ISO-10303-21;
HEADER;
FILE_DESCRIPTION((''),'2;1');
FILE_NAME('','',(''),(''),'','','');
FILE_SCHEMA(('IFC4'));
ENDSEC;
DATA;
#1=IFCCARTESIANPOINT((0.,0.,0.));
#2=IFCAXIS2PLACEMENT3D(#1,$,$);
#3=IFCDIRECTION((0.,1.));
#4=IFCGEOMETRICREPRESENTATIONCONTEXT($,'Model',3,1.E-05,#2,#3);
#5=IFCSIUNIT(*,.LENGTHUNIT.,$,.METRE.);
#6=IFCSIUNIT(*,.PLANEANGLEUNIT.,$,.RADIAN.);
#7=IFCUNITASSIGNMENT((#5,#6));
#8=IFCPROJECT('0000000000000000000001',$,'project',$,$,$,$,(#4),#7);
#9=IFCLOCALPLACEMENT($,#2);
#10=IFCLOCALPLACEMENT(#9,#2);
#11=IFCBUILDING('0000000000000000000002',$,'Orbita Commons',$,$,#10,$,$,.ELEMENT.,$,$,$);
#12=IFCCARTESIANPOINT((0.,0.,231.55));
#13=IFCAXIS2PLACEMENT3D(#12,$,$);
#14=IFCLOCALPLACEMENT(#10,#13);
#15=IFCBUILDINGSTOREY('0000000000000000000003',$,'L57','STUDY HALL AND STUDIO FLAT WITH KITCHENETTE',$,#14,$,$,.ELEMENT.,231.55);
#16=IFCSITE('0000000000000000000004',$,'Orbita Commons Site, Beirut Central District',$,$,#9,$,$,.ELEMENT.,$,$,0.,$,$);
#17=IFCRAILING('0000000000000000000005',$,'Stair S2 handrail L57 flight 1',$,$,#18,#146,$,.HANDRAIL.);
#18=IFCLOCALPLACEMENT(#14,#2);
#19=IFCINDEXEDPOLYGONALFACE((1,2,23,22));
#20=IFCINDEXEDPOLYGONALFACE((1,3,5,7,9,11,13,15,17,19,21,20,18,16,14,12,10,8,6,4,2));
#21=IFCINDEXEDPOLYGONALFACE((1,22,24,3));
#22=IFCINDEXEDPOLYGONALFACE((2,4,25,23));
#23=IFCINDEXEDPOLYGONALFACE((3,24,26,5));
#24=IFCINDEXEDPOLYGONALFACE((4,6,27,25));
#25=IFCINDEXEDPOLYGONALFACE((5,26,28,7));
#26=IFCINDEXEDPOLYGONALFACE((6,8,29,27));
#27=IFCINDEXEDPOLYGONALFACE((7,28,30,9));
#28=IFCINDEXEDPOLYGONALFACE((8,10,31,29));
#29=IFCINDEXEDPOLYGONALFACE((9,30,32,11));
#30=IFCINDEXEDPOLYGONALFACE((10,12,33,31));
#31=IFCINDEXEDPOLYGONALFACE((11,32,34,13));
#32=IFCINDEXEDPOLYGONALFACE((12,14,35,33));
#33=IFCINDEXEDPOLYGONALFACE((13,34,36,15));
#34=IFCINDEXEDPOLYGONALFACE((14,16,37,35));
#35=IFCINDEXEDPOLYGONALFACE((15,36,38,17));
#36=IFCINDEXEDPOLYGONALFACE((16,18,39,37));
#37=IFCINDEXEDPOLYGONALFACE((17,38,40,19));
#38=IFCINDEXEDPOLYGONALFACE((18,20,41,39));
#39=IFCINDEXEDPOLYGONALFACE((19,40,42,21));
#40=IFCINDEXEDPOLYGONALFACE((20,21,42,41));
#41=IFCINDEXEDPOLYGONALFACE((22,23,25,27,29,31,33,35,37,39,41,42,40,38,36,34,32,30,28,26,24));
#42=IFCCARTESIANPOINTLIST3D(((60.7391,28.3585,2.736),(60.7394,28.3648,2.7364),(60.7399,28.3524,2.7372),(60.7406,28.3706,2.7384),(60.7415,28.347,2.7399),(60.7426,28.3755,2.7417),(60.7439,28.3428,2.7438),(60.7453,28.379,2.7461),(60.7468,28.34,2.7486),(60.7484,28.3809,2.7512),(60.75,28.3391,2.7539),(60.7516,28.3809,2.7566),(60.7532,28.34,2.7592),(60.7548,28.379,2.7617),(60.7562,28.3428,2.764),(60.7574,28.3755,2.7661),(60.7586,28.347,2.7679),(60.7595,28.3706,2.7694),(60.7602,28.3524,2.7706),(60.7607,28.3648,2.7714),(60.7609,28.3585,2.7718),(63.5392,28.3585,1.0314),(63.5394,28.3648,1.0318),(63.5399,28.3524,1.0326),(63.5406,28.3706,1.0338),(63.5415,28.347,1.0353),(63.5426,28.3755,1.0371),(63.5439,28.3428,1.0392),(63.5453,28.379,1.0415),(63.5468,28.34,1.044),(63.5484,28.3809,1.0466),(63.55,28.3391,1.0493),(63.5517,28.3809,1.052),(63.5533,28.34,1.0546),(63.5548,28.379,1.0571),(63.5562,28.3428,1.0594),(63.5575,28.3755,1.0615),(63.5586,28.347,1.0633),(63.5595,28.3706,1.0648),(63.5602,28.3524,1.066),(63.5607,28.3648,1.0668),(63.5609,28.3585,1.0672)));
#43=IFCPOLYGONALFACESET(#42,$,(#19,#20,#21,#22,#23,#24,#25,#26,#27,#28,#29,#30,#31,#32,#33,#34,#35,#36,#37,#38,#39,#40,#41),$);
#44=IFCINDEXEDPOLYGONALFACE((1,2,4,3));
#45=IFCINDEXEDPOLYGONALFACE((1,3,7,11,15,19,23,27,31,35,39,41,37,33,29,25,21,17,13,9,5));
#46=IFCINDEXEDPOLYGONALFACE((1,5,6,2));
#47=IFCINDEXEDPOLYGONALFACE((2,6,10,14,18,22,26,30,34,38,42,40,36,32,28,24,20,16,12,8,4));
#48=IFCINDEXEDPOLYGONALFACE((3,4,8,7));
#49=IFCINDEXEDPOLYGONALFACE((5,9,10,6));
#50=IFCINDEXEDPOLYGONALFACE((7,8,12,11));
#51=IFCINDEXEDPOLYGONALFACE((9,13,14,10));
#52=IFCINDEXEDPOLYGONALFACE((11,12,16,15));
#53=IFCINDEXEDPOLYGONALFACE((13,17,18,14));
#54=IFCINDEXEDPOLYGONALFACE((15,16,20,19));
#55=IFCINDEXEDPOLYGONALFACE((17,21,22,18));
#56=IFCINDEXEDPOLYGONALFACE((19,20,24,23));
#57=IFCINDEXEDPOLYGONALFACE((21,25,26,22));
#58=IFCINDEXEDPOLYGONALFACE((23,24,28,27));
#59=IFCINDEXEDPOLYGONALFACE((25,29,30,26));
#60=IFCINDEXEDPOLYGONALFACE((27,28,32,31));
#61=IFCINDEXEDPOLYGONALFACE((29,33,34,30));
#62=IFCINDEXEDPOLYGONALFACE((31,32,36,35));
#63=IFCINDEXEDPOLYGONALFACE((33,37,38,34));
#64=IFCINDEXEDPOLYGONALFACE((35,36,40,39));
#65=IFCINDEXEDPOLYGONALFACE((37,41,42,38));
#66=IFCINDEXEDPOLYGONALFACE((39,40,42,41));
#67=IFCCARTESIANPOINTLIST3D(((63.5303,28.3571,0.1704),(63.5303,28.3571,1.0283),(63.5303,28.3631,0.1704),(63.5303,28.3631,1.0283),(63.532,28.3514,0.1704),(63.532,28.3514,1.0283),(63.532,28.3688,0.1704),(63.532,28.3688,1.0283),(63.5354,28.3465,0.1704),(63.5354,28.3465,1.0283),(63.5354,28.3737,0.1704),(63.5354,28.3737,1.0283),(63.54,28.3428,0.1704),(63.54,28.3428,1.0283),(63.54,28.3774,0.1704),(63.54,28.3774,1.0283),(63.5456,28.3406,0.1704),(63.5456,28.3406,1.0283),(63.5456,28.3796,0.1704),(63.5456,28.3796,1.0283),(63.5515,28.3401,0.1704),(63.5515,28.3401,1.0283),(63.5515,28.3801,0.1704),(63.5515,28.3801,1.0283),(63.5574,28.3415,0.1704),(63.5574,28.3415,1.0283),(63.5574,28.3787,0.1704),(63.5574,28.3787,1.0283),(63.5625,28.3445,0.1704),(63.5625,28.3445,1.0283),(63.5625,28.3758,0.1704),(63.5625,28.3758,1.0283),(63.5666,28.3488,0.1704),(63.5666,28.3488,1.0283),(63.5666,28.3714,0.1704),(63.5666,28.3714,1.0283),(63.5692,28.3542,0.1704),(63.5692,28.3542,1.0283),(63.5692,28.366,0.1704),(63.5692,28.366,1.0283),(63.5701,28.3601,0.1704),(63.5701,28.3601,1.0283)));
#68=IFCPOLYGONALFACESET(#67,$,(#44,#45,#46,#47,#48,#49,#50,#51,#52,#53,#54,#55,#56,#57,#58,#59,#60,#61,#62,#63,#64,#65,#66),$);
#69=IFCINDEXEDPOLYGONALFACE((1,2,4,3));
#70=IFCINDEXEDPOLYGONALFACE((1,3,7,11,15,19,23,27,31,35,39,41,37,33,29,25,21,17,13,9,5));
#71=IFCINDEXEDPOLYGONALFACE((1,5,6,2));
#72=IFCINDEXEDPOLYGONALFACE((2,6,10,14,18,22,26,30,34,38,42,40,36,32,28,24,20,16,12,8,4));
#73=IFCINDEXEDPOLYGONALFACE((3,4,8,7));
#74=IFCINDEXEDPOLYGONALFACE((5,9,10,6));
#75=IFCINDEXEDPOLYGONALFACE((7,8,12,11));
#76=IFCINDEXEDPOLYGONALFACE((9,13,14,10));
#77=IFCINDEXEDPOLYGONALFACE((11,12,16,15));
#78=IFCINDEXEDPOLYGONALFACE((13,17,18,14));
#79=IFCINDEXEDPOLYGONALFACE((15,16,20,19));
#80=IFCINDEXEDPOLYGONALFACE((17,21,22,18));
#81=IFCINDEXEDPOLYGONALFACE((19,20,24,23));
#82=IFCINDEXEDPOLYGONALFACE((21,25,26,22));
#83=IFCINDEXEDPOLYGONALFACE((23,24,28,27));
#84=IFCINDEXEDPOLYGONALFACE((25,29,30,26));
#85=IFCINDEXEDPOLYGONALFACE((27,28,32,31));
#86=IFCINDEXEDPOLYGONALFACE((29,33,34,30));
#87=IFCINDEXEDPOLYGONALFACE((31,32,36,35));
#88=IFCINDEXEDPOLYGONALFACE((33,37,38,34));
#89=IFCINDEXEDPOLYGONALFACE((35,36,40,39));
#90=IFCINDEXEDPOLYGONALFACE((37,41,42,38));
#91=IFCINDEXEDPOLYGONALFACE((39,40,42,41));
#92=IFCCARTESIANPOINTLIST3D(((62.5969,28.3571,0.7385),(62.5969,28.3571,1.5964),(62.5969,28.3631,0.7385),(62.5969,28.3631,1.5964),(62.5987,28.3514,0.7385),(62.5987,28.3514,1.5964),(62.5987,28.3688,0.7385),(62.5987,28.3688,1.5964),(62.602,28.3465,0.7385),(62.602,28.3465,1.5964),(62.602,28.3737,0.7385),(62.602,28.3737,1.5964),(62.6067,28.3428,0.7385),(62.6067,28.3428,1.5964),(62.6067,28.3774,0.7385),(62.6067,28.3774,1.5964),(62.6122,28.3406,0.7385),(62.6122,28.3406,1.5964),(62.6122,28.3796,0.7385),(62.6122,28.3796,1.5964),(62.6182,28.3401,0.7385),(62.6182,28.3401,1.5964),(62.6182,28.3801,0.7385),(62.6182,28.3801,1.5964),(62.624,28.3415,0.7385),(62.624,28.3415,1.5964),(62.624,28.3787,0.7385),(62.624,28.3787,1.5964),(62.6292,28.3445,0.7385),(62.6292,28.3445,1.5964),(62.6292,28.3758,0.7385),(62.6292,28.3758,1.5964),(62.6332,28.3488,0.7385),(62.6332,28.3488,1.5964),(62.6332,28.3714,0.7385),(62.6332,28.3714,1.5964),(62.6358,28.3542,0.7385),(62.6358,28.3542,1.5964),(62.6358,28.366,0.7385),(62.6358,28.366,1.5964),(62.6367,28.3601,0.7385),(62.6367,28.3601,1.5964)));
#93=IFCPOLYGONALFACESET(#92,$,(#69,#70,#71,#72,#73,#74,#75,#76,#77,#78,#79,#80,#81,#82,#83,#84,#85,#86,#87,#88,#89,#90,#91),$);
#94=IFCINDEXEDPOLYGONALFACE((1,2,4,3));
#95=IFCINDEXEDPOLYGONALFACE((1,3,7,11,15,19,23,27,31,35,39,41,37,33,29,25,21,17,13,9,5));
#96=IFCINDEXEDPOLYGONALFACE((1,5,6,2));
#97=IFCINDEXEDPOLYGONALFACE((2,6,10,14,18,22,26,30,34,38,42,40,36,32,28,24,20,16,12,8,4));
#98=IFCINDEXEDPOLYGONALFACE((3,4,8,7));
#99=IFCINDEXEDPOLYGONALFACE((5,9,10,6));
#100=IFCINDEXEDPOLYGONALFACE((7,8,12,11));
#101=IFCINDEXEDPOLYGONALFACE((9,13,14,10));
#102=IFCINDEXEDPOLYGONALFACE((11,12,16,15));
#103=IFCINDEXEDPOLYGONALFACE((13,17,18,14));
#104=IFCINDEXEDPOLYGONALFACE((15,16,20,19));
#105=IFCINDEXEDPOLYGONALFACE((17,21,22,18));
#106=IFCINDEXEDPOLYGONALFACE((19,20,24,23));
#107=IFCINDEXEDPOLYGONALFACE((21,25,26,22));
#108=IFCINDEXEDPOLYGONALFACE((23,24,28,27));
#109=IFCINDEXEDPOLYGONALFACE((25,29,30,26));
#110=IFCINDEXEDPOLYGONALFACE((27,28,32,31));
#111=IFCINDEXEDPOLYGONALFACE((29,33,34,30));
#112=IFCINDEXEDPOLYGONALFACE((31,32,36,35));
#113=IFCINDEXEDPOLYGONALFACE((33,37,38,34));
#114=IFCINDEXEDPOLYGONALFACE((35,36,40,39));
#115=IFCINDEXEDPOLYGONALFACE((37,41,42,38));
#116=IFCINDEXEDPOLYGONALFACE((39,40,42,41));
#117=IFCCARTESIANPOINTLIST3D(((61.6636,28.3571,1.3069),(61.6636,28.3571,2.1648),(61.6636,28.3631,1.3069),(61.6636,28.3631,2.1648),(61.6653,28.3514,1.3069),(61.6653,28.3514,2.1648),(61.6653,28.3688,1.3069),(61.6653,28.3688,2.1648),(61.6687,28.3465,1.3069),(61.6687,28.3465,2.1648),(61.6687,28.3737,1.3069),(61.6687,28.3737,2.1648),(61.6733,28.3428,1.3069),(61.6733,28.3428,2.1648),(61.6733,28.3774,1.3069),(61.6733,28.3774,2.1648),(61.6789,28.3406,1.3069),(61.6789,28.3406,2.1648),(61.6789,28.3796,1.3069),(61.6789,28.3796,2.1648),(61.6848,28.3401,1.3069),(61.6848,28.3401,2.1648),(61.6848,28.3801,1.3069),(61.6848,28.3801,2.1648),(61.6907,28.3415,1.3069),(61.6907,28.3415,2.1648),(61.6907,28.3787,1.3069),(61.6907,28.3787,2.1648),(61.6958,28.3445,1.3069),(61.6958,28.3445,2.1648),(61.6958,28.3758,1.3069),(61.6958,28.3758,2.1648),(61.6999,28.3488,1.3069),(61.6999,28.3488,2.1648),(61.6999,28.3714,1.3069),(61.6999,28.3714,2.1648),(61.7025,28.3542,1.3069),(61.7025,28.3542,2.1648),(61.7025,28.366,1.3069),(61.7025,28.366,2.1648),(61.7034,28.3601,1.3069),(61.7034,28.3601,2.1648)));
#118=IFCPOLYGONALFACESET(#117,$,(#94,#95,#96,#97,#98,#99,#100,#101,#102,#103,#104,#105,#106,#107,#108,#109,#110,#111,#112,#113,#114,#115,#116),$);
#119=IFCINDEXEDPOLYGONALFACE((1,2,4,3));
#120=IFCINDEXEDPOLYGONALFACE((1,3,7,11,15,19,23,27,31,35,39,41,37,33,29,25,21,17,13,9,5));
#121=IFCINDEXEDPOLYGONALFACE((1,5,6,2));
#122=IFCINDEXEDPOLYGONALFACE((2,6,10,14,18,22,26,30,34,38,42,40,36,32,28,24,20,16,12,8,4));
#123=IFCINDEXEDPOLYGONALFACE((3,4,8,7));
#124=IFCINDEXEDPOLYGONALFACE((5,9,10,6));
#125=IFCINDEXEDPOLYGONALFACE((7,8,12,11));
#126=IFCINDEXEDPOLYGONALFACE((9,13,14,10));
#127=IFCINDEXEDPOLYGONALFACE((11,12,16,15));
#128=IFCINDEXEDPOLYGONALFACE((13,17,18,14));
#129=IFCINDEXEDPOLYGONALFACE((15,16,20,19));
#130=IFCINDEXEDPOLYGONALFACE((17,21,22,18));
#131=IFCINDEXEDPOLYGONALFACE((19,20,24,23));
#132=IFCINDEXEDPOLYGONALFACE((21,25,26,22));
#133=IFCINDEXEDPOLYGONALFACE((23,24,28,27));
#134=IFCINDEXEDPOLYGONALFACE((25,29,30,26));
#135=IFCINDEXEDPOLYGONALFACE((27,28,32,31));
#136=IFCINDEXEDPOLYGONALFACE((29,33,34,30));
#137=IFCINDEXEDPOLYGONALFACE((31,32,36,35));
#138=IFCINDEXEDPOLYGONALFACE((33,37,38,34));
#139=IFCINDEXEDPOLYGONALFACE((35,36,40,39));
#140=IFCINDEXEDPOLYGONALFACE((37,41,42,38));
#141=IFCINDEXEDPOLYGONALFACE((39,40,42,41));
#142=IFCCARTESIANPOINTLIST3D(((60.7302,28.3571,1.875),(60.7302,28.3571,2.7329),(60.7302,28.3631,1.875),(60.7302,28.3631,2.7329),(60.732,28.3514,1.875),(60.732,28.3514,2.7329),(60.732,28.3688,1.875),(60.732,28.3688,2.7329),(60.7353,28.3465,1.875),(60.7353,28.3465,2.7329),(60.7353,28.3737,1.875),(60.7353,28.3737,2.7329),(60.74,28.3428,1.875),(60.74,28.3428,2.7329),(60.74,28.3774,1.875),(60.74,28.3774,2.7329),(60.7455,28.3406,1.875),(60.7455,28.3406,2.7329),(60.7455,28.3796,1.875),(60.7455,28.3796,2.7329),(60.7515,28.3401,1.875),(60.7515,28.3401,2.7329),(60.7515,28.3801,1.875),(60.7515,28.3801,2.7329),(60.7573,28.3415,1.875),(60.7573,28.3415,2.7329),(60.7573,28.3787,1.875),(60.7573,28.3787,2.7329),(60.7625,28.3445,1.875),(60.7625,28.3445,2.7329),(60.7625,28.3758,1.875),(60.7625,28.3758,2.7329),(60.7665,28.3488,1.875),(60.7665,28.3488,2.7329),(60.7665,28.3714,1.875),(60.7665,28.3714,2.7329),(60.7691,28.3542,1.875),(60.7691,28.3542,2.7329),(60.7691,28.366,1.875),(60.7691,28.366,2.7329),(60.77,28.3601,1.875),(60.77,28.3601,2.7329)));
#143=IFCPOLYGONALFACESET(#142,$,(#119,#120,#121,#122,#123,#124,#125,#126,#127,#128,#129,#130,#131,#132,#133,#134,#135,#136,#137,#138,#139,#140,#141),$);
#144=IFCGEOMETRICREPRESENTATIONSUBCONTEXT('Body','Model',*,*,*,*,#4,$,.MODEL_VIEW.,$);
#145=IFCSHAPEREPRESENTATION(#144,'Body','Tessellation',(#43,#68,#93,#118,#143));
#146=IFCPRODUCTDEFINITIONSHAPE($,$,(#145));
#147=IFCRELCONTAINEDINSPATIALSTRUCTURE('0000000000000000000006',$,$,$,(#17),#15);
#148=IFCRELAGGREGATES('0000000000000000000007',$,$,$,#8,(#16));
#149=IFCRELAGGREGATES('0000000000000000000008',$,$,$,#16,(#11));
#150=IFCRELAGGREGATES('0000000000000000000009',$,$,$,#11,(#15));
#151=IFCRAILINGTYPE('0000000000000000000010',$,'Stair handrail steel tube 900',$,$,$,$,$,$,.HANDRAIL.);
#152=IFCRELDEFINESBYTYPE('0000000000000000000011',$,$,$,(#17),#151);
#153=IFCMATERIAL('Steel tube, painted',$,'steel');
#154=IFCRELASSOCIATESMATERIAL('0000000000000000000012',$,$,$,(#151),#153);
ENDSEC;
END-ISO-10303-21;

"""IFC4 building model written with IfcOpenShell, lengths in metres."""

from ifc_helpers import new_model, si_unit, direction, frame, origin, origin_2d, place, context, subcontext, project, spatial, circle, extrude, material, type_object, element, save


model = new_model("IFC4")

# Units and contexts
model_context = context("Model", 3, precision=1e-05, world=origin(), true_north=direction((0.0, 1.0)))
body_context = subcontext(model_context, "Body", "Model", "MODEL_VIEW")
ifc_project = project(units=[si_unit("LENGTHUNIT", "METRE"), si_unit("PLANEANGLEUNIT", "RADIAN")], contexts=[model_context])

# Site, building, storey
site_placement = place(None, origin())
site = spatial("IfcSite", under=ifc_project, at=site_placement, Name="Orbita Commons Site, Beirut Central District", CompositionType="ELEMENT", RefElevation=0.0)
building_placement = place(site_placement, origin())
building = spatial("IfcBuilding", under=site, at=building_placement, Name="Orbita Commons", CompositionType="ELEMENT")
storey_placement = place(building_placement, frame((0.0, 0.0, 231.55)))
storey = spatial("IfcBuildingStorey", under=building, at=storey_placement, Name="L57", Description="STUDY HALL AND STUDIO FLAT WITH KITCHENETTE", CompositionType="ELEMENT", Elevation=231.55)

# Railing
ifc_material_1 = material(Name="Steel tube, painted", Category="steel")
railing_type = type_object("IfcRailingType", Name="Stair handrail steel tube 900", PredefinedType="HANDRAIL", material=ifc_material_1)
railing_placement = place(storey_placement, frame((63.55, 28.3601, 0.1704)))
element("IfcRailing", 1, at=railing_placement, inside=storey, type_object=railing_type, Name="Stair S2 handrail L57 flight 1", PredefinedType="HANDRAIL", context=body_context, shape_type="SweptSolid", body=[
    extrude(circle(Radius=0.021, at=origin_2d()), frame((0.0, 0.0, 0.8789), z_axis=(-0.85417, 0.0, 0.519994), x_axis=(0.0, -1.0, 0.0)), (0.0, 0.0, 1.0), 3.2781),
    extrude(circle(Radius=0.02, at=origin_2d()), origin(), (0.0, 0.0, 1.0), 0.8579),
    extrude(circle(Radius=0.02, at=origin_2d()), frame((-0.9333, 0.0, 0.5681)), (0.0, 0.0, 1.0), 0.8579),
    extrude(circle(Radius=0.02, at=origin_2d()), frame((-1.8667, 0.0, 1.1365)), (0.0, 0.0, 1.0), 0.8579),
    extrude(circle(Radius=0.02, at=origin_2d()), frame((-2.8, 0.0, 1.7046)), (0.0, 0.0, 1.0), 0.8579),
])

save(model, "model.ifc")
